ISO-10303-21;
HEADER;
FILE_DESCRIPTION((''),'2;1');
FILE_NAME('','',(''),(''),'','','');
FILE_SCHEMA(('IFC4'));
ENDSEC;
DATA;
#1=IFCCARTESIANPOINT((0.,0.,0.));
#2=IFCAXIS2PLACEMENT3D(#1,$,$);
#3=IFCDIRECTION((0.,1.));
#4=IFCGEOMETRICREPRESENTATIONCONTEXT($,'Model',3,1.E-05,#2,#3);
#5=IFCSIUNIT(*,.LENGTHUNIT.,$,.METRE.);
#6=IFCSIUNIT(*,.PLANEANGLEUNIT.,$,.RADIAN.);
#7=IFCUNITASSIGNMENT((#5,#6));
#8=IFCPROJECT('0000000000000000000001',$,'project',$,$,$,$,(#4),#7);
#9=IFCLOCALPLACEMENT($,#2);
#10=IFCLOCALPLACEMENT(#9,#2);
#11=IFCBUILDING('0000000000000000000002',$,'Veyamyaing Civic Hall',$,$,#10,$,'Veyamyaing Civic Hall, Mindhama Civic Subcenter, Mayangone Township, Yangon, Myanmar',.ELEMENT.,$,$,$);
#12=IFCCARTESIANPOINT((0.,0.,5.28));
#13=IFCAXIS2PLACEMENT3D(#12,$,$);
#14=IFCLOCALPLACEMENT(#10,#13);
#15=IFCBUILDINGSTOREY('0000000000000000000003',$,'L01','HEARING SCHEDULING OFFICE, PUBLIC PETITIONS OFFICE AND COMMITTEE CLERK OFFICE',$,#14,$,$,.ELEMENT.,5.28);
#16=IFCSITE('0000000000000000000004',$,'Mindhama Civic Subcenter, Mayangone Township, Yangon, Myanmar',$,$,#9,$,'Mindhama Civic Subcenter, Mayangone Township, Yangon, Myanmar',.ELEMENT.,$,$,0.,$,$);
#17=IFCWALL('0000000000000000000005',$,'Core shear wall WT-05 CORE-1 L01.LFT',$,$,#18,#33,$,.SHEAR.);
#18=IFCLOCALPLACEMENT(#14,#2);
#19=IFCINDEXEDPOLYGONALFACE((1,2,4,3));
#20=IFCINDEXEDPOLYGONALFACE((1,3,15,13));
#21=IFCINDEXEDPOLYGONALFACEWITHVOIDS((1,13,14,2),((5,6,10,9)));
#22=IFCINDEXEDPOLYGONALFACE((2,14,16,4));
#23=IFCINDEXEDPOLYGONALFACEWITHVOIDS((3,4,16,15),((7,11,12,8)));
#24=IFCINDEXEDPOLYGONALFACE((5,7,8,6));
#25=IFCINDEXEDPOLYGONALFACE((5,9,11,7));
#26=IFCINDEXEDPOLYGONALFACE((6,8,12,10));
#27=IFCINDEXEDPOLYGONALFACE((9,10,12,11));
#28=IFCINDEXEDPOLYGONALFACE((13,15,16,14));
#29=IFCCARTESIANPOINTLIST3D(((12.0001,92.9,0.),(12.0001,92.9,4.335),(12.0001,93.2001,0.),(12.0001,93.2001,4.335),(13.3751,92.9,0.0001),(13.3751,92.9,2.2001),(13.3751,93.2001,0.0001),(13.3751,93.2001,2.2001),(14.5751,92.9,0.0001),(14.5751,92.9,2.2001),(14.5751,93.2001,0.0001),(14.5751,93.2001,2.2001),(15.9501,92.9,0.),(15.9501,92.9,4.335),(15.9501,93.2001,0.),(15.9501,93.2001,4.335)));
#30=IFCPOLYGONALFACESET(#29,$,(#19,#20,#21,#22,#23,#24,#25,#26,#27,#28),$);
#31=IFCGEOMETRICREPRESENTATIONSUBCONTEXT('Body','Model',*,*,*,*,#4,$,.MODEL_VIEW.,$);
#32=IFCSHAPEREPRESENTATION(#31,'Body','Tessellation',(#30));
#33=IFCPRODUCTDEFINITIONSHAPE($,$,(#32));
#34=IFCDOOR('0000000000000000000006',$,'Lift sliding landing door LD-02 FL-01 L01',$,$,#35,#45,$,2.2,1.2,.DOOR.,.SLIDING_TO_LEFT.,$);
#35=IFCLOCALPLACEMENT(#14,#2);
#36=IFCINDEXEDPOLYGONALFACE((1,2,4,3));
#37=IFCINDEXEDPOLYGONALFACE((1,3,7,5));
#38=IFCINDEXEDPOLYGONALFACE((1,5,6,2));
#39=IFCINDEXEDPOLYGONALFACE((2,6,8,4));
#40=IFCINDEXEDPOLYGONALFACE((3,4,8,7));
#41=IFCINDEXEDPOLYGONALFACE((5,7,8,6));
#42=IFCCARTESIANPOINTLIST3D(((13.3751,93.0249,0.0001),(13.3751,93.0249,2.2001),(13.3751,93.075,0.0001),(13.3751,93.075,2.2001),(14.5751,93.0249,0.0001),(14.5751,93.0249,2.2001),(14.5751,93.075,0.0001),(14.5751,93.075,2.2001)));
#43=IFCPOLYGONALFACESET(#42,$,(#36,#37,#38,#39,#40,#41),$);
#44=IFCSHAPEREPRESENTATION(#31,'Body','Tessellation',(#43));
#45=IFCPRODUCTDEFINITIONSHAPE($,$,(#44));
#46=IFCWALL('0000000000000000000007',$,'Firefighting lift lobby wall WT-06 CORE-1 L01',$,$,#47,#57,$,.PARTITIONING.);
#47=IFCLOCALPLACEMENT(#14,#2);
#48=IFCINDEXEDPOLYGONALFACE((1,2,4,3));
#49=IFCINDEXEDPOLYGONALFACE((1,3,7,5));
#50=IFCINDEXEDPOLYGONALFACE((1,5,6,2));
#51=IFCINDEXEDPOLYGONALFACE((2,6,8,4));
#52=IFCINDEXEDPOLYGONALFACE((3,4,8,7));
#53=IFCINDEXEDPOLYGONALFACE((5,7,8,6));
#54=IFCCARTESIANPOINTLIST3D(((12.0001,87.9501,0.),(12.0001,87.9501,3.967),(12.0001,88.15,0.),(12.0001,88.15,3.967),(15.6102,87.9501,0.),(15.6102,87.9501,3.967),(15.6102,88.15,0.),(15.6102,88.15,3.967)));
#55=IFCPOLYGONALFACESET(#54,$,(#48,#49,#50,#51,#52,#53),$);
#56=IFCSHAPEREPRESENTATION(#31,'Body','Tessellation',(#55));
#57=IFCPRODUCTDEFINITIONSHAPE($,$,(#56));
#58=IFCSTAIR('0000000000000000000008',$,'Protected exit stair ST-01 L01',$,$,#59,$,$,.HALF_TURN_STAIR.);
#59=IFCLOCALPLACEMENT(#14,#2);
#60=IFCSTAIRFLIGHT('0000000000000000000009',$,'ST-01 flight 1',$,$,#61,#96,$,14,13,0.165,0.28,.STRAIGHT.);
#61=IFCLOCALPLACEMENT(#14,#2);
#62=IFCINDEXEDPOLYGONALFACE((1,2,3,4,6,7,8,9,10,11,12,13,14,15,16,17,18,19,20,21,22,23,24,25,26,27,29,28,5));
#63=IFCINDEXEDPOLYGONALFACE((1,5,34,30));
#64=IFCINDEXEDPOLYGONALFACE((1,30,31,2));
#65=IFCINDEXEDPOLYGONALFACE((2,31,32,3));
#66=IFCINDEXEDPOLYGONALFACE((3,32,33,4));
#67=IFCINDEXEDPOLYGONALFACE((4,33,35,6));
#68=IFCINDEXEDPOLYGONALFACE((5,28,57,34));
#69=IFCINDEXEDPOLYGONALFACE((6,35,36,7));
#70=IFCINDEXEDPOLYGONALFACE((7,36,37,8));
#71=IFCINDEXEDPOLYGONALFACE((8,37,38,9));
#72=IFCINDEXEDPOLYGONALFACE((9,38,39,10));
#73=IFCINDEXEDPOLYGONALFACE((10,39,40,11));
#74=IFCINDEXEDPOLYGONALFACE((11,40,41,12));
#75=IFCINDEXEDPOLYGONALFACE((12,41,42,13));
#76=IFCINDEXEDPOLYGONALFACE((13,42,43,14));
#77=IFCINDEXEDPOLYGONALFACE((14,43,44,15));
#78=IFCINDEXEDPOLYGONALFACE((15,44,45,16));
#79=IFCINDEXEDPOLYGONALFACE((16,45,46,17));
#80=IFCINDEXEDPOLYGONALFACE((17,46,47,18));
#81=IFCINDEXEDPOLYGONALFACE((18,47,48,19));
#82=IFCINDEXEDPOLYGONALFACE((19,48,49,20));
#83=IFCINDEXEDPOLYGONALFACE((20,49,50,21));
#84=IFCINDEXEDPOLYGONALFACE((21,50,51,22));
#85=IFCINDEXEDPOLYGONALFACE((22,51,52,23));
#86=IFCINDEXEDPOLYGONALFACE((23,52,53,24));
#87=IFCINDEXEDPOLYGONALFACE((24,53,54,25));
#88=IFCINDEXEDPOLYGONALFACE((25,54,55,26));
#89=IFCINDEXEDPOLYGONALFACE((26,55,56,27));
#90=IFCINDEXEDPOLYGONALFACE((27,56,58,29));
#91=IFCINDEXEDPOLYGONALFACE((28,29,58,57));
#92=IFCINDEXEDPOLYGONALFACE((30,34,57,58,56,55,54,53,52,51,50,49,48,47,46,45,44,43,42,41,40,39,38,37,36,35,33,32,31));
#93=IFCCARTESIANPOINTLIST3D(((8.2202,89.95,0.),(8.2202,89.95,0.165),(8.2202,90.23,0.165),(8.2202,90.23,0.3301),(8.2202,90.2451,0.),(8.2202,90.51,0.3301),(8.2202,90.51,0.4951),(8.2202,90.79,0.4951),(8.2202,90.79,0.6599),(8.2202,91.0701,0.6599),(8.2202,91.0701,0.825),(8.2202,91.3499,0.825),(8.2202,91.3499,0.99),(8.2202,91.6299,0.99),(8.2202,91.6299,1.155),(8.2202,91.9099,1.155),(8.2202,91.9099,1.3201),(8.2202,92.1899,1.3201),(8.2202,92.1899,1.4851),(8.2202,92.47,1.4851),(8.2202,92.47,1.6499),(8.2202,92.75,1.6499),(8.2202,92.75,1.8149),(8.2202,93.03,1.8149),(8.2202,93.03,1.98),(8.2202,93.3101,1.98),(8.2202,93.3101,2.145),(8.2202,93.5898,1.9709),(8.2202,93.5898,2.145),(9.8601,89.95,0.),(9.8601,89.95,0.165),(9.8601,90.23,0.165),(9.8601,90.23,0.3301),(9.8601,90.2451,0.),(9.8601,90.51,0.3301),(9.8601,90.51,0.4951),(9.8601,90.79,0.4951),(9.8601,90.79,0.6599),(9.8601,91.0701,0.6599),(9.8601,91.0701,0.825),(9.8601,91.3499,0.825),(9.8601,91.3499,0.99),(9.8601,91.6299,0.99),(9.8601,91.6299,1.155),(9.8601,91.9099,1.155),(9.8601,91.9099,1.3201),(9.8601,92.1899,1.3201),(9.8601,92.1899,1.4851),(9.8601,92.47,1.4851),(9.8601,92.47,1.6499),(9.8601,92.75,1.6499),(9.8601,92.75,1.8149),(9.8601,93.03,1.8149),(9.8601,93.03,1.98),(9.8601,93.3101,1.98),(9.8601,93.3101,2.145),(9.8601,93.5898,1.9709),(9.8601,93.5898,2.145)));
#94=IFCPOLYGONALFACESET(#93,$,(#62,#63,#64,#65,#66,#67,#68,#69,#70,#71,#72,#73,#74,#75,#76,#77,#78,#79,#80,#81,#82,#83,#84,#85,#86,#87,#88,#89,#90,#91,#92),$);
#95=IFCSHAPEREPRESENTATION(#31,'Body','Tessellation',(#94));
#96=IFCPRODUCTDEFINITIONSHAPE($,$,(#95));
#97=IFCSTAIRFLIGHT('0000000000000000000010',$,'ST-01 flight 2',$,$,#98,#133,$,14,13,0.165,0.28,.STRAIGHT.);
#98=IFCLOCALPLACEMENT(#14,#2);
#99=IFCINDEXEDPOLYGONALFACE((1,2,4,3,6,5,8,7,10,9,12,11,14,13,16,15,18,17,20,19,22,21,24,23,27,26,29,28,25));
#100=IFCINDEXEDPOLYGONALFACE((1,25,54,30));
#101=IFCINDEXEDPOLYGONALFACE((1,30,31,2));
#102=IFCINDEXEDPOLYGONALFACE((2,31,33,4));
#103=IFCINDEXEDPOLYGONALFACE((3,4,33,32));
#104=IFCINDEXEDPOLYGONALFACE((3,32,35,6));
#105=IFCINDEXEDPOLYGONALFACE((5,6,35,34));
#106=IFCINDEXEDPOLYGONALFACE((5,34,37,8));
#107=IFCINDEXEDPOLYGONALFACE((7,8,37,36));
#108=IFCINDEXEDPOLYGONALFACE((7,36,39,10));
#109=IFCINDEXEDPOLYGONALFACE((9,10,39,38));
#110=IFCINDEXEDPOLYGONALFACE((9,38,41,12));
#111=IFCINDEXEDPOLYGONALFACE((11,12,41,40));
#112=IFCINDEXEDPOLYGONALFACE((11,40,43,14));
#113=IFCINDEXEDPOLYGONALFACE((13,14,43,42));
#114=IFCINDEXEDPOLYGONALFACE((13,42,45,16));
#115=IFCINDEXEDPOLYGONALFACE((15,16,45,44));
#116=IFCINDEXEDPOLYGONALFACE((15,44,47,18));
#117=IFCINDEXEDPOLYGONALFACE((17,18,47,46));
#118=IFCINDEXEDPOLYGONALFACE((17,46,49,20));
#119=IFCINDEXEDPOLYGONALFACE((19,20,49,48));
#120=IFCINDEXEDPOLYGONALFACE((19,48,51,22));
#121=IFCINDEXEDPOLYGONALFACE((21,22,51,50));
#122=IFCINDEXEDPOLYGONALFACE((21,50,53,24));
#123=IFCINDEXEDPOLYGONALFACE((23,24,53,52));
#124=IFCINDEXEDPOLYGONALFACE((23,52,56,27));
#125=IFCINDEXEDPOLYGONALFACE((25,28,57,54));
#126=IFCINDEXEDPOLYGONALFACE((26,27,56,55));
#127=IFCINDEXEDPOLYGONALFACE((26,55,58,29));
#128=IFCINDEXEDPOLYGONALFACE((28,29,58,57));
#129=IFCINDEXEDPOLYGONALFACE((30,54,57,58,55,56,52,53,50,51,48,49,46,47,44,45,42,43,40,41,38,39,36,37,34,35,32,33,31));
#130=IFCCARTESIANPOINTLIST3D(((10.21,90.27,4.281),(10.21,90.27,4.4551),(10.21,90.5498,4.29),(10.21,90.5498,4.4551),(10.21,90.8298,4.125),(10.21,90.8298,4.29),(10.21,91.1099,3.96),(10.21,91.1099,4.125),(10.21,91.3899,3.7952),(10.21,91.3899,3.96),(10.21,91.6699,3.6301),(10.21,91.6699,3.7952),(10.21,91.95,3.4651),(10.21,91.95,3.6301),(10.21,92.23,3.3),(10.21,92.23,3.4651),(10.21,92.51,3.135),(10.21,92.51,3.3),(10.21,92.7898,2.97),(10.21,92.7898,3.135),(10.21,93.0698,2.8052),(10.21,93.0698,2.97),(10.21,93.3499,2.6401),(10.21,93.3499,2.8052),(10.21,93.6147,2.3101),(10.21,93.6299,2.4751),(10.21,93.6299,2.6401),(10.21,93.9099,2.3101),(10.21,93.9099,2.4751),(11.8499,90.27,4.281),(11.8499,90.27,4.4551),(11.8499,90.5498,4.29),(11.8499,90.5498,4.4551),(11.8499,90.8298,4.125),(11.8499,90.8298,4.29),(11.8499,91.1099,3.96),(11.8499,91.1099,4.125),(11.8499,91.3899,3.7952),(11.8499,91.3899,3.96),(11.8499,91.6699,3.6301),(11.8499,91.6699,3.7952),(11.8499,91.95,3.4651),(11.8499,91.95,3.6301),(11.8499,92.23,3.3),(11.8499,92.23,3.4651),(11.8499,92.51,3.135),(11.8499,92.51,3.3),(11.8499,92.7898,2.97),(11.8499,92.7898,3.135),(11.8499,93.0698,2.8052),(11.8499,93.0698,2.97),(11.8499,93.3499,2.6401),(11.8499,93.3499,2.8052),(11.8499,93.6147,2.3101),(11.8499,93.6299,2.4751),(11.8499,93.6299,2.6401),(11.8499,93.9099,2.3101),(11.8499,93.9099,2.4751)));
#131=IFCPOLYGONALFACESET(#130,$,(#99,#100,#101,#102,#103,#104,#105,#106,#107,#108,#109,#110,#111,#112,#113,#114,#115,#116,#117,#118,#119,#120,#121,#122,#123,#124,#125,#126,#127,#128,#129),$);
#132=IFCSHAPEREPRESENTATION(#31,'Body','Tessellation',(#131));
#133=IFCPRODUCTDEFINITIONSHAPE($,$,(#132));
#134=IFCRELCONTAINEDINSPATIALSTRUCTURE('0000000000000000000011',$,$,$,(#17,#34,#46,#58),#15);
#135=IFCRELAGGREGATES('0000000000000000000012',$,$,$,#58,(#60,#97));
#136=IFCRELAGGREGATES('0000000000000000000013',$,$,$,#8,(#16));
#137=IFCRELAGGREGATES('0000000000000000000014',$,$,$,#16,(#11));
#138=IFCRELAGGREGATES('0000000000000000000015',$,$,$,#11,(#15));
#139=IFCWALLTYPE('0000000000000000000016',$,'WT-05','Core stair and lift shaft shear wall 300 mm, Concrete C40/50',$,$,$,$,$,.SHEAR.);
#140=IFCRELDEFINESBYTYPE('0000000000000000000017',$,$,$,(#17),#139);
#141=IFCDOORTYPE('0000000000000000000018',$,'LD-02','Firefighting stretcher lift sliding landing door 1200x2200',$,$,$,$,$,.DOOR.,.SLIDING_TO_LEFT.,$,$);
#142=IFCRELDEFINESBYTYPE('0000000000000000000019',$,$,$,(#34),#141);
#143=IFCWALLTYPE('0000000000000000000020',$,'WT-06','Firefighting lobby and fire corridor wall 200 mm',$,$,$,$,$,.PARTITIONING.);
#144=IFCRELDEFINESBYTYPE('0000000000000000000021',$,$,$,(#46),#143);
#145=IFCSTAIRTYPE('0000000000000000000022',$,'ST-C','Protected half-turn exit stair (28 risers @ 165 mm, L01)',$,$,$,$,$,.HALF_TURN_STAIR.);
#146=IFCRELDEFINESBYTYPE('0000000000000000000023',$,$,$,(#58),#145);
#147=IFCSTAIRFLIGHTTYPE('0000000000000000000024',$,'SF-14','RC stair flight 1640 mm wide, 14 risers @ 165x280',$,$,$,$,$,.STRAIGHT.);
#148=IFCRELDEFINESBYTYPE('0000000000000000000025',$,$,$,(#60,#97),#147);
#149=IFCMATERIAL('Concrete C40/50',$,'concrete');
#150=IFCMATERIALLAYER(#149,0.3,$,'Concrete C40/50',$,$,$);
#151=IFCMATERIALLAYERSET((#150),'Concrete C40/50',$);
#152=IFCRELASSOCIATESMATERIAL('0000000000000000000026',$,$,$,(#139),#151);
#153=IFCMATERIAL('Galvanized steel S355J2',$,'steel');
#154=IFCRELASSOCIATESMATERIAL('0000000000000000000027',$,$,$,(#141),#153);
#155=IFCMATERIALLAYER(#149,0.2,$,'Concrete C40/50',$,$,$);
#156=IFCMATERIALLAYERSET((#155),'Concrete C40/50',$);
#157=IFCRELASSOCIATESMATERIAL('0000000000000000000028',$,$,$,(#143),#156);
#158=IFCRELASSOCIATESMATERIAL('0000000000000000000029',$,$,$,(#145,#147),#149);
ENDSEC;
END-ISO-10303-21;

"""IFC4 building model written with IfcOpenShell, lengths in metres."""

from ifc_helpers import new_model, si_unit, direction, frame, frame_2d, origin, place, context, subcontext, project, spatial, polyline, rectangle, outline, extrude, material, layer, layer_set, type_object, element, fill, aggregate, save


model = new_model("IFC4")

# Units and contexts
model_context = context("Model", 3, precision=1e-05, world=origin(), true_north=direction((0.0, 1.0)))
body_context = subcontext(model_context, "Body", "Model", "MODEL_VIEW")
ifc_project = project(units=[si_unit("LENGTHUNIT", "METRE"), si_unit("PLANEANGLEUNIT", "RADIAN")], contexts=[model_context])

# Site, building, storey
site_placement = place(None, origin())
site = spatial("IfcSite", under=ifc_project, at=site_placement, Name="Mindhama Civic Subcenter, Mayangone Township, Yangon, Myanmar", LongName="Mindhama Civic Subcenter, Mayangone Township, Yangon, Myanmar", CompositionType="ELEMENT", RefElevation=0.0)
building_placement = place(site_placement, origin())
building = spatial("IfcBuilding", under=site, at=building_placement, Name="Veyamyaing Civic Hall", LongName="Veyamyaing Civic Hall, Mindhama Civic Subcenter, Mayangone Township, Yangon, Myanmar", CompositionType="ELEMENT")
storey_placement = place(building_placement, frame((0.0, 0.0, 5.28)))
storey = spatial("IfcBuildingStorey", under=building, at=storey_placement, Name="L01", Description="HEARING SCHEDULING OFFICE, PUBLIC PETITIONS OFFICE AND COMMITTEE CLERK OFFICE", CompositionType="ELEMENT", Elevation=5.28)

# Shared definitions
ifc_material_1 = material(Name="Concrete C40/50", Category="concrete")
ifc_layer_1 = layer(ifc_material_1, 0.3, Name="Concrete C40/50")
ifc_layer_set_1 = layer_set([ifc_layer_1], Name="Concrete C40/50")
wall_type_1 = type_object("IfcWallType", Name="WT-05", Description="Core stair and lift shaft shear wall 300 mm, Concrete C40/50", PredefinedType="SHEAR", material=ifc_layer_set_1)

# Shared definitions
ifc_material_2 = material(Name="Galvanized steel S355J2", Category="steel")

# Wall, opening, door
wall_1_placement = place(storey_placement, frame((12.0, 93.05, 0.0), z_axis=(0.0, 0.0, 1.0), x_axis=(1.0, 0.0, 0.0)))
wall_1 = element("IfcWall", 1, at=wall_1_placement, inside=storey, type_object=wall_type_1, Name="Core shear wall WT-05 CORE-1 L01.LFT", PredefinedType="SHEAR", context=body_context, shape_type="SweptSolid", body=[
    extrude(rectangle(XDim=3.95, YDim=0.3, at=frame_2d((1.9751, 0.0))), origin(), (0.0, 0.0, 1.0), 4.335),
])
opening_1_placement = place(wall_1_placement, frame((1.375, 0.0, 0.0)))
opening_1 = element("IfcOpeningElement", 2, at=opening_1_placement, cuts=wall_1, PredefinedType="OPENING", context=body_context, shape_type="SweptSolid", body=[
    extrude(rectangle(XDim=1.2, YDim=2.2, at=frame_2d((0.6001, 1.1001))), frame((0.0, 0.1599, 0.0), z_axis=(0.0, -1.0, 0.0), x_axis=(1.0, 0.0, 0.0)), (0.0, 0.0, 1.0), 0.3201),
])
door_type_1 = type_object("IfcDoorType", Name="LD-02", Description="Firefighting stretcher lift sliding landing door 1200x2200", OperationType="SLIDING_TO_LEFT", PredefinedType="DOOR", material=ifc_material_2)
door_1_placement = place(opening_1_placement, origin())
door_1 = element("IfcDoor", 3, at=door_1_placement, inside=storey, type_object=door_type_1, Name="Lift sliding landing door LD-02 FL-01 L01", OperationType="SLIDING_TO_LEFT", OverallHeight=2.2, OverallWidth=1.2, PredefinedType="DOOR", context=body_context, shape_type="SweptSolid", body=[
    extrude(rectangle(XDim=1.2, YDim=2.2, at=frame_2d((0.6001, 1.1001))), frame((0.0, 0.0249, 0.0), z_axis=(0.0, -1.0, 0.0), x_axis=(1.0, 0.0, 0.0)), (0.0, 0.0, 1.0), 0.05),
])
fill(opening_1, door_1)

# Wall
ifc_layer_2 = layer(ifc_material_1, 0.2, Name="Concrete C40/50")
ifc_layer_set_2 = layer_set([ifc_layer_2], Name="Concrete C40/50")
wall_type_2 = type_object("IfcWallType", Name="WT-06", Description="Firefighting lobby and fire corridor wall 200 mm", PredefinedType="PARTITIONING", material=ifc_layer_set_2)
wall_2_placement = place(storey_placement, frame((12.0, 88.05, 0.0), z_axis=(0.0, 0.0, 1.0), x_axis=(1.0, 0.0, 0.0)))
element("IfcWall", 4, at=wall_2_placement, inside=storey, type_object=wall_type_2, Name="Firefighting lift lobby wall WT-06 CORE-1 L01", PredefinedType="PARTITIONING", context=body_context, shape_type="SweptSolid", body=[
    extrude(rectangle(XDim=3.6101, YDim=0.2, at=frame_2d((1.8052, 0.0))), origin(), (0.0, 0.0, 1.0), 3.967),
])

# Stair, stair flights
stair_type = type_object("IfcStairType", Name="ST-C", Description="Protected half-turn exit stair (28 risers @ 165 mm, L01)", PredefinedType="HALF_TURN_STAIR", material=ifc_material_1)
stair_placement = place(storey_placement, origin())
stair = element("IfcStair", 5, at=stair_placement, inside=storey, type_object=stair_type, Name="Protected exit stair ST-01 L01", PredefinedType="HALF_TURN_STAIR")
stair_flight_type = type_object("IfcStairFlightType", Name="SF-14", Description="RC stair flight 1640 mm wide, 14 risers @ 165x280", PredefinedType="STRAIGHT", material=ifc_material_1)
stair_flight_1_placement = place(storey_placement, frame((9.04, 89.95, 0.0), z_axis=(0.0, 0.0, 1.0), x_axis=(0.0, 1.0, 0.0)))
stair_flight_1 = element("IfcStairFlight", 6, at=stair_flight_1_placement, type_object=stair_flight_type, Name="ST-01 flight 1", NumberOfRisers=14, NumberOfTreads=13, PredefinedType="STRAIGHT", RiserHeight=0.165, TreadLength=0.28, context=body_context, shape_type="SweptSolid", body=[
    extrude(outline(polyline([(0.0, 0.0), (0.0, 0.165), (0.28, 0.165), (0.28, 0.3301), (0.5601, 0.3301), (0.5601, 0.4951), (0.8401, 0.4951), (0.8401, 0.6599), (1.1201, 0.6599), (1.1201, 0.825), (1.3999, 0.825), (1.3999, 0.99), (1.6799, 0.99), (1.6799, 1.155), (1.96, 1.155), (1.96, 1.3201), (2.24, 1.3201), (2.24, 1.4851), (2.52, 1.4851), (2.52, 1.6499), (2.8, 1.6499), (2.8, 1.8149), (3.0801, 1.8149), (3.0801, 1.98), (3.3601, 1.98), (3.3601, 2.145), (3.6399, 2.145), (3.6399, 2.3101), (3.6399, 1.9709), (0.2952, 0.0), (0.0, 0.0)])), frame((0.0, 0.8198, 0.0), z_axis=(0.0, -1.0, 0.0), x_axis=(1.0, 0.0, 0.0)), (0.0, 0.0, 1.0), 1.6399),
])
stair_flight_2_placement = place(storey_placement, frame((11.03, 93.9099, 2.3101), z_axis=(0.0, 0.0, 1.0), x_axis=(0.0, -1.0, 0.0)))
stair_flight_2 = element("IfcStairFlight", 7, at=stair_flight_2_placement, type_object=stair_flight_type, Name="ST-01 flight 2", NumberOfRisers=14, NumberOfTreads=13, PredefinedType="STRAIGHT", RiserHeight=0.165, TreadLength=0.28, context=body_context, shape_type="SweptSolid", body=[
    extrude(outline(polyline([(0.0, 0.0), (0.0, 0.165), (0.28, 0.165), (0.28, 0.3301), (0.5601, 0.3301), (0.5601, 0.4951), (0.8401, 0.4951), (0.8401, 0.6599), (1.1201, 0.6599), (1.1201, 0.825), (1.3999, 0.825), (1.3999, 0.99), (1.6799, 0.99), (1.6799, 1.155), (1.96, 1.155), (1.96, 1.3201), (2.24, 1.3201), (2.24, 1.4851), (2.52, 1.4851), (2.52, 1.6499), (2.8, 1.6499), (2.8, 1.8149), (3.0801, 1.8149), (3.0801, 1.98), (3.3601, 1.98), (3.3601, 2.145), (3.6399, 2.145), (3.6399, 2.3101), (3.6399, 1.9709), (0.2952, 0.0), (0.0, 0.0)])), frame((0.0, 0.8198, 0.0), z_axis=(0.0, -1.0, 0.0), x_axis=(1.0, 0.0, 0.0)), (0.0, 0.0, 1.0), 1.6399),
])
aggregate(stair, [stair_flight_1, stair_flight_2])

save(model, "model.ifc")
